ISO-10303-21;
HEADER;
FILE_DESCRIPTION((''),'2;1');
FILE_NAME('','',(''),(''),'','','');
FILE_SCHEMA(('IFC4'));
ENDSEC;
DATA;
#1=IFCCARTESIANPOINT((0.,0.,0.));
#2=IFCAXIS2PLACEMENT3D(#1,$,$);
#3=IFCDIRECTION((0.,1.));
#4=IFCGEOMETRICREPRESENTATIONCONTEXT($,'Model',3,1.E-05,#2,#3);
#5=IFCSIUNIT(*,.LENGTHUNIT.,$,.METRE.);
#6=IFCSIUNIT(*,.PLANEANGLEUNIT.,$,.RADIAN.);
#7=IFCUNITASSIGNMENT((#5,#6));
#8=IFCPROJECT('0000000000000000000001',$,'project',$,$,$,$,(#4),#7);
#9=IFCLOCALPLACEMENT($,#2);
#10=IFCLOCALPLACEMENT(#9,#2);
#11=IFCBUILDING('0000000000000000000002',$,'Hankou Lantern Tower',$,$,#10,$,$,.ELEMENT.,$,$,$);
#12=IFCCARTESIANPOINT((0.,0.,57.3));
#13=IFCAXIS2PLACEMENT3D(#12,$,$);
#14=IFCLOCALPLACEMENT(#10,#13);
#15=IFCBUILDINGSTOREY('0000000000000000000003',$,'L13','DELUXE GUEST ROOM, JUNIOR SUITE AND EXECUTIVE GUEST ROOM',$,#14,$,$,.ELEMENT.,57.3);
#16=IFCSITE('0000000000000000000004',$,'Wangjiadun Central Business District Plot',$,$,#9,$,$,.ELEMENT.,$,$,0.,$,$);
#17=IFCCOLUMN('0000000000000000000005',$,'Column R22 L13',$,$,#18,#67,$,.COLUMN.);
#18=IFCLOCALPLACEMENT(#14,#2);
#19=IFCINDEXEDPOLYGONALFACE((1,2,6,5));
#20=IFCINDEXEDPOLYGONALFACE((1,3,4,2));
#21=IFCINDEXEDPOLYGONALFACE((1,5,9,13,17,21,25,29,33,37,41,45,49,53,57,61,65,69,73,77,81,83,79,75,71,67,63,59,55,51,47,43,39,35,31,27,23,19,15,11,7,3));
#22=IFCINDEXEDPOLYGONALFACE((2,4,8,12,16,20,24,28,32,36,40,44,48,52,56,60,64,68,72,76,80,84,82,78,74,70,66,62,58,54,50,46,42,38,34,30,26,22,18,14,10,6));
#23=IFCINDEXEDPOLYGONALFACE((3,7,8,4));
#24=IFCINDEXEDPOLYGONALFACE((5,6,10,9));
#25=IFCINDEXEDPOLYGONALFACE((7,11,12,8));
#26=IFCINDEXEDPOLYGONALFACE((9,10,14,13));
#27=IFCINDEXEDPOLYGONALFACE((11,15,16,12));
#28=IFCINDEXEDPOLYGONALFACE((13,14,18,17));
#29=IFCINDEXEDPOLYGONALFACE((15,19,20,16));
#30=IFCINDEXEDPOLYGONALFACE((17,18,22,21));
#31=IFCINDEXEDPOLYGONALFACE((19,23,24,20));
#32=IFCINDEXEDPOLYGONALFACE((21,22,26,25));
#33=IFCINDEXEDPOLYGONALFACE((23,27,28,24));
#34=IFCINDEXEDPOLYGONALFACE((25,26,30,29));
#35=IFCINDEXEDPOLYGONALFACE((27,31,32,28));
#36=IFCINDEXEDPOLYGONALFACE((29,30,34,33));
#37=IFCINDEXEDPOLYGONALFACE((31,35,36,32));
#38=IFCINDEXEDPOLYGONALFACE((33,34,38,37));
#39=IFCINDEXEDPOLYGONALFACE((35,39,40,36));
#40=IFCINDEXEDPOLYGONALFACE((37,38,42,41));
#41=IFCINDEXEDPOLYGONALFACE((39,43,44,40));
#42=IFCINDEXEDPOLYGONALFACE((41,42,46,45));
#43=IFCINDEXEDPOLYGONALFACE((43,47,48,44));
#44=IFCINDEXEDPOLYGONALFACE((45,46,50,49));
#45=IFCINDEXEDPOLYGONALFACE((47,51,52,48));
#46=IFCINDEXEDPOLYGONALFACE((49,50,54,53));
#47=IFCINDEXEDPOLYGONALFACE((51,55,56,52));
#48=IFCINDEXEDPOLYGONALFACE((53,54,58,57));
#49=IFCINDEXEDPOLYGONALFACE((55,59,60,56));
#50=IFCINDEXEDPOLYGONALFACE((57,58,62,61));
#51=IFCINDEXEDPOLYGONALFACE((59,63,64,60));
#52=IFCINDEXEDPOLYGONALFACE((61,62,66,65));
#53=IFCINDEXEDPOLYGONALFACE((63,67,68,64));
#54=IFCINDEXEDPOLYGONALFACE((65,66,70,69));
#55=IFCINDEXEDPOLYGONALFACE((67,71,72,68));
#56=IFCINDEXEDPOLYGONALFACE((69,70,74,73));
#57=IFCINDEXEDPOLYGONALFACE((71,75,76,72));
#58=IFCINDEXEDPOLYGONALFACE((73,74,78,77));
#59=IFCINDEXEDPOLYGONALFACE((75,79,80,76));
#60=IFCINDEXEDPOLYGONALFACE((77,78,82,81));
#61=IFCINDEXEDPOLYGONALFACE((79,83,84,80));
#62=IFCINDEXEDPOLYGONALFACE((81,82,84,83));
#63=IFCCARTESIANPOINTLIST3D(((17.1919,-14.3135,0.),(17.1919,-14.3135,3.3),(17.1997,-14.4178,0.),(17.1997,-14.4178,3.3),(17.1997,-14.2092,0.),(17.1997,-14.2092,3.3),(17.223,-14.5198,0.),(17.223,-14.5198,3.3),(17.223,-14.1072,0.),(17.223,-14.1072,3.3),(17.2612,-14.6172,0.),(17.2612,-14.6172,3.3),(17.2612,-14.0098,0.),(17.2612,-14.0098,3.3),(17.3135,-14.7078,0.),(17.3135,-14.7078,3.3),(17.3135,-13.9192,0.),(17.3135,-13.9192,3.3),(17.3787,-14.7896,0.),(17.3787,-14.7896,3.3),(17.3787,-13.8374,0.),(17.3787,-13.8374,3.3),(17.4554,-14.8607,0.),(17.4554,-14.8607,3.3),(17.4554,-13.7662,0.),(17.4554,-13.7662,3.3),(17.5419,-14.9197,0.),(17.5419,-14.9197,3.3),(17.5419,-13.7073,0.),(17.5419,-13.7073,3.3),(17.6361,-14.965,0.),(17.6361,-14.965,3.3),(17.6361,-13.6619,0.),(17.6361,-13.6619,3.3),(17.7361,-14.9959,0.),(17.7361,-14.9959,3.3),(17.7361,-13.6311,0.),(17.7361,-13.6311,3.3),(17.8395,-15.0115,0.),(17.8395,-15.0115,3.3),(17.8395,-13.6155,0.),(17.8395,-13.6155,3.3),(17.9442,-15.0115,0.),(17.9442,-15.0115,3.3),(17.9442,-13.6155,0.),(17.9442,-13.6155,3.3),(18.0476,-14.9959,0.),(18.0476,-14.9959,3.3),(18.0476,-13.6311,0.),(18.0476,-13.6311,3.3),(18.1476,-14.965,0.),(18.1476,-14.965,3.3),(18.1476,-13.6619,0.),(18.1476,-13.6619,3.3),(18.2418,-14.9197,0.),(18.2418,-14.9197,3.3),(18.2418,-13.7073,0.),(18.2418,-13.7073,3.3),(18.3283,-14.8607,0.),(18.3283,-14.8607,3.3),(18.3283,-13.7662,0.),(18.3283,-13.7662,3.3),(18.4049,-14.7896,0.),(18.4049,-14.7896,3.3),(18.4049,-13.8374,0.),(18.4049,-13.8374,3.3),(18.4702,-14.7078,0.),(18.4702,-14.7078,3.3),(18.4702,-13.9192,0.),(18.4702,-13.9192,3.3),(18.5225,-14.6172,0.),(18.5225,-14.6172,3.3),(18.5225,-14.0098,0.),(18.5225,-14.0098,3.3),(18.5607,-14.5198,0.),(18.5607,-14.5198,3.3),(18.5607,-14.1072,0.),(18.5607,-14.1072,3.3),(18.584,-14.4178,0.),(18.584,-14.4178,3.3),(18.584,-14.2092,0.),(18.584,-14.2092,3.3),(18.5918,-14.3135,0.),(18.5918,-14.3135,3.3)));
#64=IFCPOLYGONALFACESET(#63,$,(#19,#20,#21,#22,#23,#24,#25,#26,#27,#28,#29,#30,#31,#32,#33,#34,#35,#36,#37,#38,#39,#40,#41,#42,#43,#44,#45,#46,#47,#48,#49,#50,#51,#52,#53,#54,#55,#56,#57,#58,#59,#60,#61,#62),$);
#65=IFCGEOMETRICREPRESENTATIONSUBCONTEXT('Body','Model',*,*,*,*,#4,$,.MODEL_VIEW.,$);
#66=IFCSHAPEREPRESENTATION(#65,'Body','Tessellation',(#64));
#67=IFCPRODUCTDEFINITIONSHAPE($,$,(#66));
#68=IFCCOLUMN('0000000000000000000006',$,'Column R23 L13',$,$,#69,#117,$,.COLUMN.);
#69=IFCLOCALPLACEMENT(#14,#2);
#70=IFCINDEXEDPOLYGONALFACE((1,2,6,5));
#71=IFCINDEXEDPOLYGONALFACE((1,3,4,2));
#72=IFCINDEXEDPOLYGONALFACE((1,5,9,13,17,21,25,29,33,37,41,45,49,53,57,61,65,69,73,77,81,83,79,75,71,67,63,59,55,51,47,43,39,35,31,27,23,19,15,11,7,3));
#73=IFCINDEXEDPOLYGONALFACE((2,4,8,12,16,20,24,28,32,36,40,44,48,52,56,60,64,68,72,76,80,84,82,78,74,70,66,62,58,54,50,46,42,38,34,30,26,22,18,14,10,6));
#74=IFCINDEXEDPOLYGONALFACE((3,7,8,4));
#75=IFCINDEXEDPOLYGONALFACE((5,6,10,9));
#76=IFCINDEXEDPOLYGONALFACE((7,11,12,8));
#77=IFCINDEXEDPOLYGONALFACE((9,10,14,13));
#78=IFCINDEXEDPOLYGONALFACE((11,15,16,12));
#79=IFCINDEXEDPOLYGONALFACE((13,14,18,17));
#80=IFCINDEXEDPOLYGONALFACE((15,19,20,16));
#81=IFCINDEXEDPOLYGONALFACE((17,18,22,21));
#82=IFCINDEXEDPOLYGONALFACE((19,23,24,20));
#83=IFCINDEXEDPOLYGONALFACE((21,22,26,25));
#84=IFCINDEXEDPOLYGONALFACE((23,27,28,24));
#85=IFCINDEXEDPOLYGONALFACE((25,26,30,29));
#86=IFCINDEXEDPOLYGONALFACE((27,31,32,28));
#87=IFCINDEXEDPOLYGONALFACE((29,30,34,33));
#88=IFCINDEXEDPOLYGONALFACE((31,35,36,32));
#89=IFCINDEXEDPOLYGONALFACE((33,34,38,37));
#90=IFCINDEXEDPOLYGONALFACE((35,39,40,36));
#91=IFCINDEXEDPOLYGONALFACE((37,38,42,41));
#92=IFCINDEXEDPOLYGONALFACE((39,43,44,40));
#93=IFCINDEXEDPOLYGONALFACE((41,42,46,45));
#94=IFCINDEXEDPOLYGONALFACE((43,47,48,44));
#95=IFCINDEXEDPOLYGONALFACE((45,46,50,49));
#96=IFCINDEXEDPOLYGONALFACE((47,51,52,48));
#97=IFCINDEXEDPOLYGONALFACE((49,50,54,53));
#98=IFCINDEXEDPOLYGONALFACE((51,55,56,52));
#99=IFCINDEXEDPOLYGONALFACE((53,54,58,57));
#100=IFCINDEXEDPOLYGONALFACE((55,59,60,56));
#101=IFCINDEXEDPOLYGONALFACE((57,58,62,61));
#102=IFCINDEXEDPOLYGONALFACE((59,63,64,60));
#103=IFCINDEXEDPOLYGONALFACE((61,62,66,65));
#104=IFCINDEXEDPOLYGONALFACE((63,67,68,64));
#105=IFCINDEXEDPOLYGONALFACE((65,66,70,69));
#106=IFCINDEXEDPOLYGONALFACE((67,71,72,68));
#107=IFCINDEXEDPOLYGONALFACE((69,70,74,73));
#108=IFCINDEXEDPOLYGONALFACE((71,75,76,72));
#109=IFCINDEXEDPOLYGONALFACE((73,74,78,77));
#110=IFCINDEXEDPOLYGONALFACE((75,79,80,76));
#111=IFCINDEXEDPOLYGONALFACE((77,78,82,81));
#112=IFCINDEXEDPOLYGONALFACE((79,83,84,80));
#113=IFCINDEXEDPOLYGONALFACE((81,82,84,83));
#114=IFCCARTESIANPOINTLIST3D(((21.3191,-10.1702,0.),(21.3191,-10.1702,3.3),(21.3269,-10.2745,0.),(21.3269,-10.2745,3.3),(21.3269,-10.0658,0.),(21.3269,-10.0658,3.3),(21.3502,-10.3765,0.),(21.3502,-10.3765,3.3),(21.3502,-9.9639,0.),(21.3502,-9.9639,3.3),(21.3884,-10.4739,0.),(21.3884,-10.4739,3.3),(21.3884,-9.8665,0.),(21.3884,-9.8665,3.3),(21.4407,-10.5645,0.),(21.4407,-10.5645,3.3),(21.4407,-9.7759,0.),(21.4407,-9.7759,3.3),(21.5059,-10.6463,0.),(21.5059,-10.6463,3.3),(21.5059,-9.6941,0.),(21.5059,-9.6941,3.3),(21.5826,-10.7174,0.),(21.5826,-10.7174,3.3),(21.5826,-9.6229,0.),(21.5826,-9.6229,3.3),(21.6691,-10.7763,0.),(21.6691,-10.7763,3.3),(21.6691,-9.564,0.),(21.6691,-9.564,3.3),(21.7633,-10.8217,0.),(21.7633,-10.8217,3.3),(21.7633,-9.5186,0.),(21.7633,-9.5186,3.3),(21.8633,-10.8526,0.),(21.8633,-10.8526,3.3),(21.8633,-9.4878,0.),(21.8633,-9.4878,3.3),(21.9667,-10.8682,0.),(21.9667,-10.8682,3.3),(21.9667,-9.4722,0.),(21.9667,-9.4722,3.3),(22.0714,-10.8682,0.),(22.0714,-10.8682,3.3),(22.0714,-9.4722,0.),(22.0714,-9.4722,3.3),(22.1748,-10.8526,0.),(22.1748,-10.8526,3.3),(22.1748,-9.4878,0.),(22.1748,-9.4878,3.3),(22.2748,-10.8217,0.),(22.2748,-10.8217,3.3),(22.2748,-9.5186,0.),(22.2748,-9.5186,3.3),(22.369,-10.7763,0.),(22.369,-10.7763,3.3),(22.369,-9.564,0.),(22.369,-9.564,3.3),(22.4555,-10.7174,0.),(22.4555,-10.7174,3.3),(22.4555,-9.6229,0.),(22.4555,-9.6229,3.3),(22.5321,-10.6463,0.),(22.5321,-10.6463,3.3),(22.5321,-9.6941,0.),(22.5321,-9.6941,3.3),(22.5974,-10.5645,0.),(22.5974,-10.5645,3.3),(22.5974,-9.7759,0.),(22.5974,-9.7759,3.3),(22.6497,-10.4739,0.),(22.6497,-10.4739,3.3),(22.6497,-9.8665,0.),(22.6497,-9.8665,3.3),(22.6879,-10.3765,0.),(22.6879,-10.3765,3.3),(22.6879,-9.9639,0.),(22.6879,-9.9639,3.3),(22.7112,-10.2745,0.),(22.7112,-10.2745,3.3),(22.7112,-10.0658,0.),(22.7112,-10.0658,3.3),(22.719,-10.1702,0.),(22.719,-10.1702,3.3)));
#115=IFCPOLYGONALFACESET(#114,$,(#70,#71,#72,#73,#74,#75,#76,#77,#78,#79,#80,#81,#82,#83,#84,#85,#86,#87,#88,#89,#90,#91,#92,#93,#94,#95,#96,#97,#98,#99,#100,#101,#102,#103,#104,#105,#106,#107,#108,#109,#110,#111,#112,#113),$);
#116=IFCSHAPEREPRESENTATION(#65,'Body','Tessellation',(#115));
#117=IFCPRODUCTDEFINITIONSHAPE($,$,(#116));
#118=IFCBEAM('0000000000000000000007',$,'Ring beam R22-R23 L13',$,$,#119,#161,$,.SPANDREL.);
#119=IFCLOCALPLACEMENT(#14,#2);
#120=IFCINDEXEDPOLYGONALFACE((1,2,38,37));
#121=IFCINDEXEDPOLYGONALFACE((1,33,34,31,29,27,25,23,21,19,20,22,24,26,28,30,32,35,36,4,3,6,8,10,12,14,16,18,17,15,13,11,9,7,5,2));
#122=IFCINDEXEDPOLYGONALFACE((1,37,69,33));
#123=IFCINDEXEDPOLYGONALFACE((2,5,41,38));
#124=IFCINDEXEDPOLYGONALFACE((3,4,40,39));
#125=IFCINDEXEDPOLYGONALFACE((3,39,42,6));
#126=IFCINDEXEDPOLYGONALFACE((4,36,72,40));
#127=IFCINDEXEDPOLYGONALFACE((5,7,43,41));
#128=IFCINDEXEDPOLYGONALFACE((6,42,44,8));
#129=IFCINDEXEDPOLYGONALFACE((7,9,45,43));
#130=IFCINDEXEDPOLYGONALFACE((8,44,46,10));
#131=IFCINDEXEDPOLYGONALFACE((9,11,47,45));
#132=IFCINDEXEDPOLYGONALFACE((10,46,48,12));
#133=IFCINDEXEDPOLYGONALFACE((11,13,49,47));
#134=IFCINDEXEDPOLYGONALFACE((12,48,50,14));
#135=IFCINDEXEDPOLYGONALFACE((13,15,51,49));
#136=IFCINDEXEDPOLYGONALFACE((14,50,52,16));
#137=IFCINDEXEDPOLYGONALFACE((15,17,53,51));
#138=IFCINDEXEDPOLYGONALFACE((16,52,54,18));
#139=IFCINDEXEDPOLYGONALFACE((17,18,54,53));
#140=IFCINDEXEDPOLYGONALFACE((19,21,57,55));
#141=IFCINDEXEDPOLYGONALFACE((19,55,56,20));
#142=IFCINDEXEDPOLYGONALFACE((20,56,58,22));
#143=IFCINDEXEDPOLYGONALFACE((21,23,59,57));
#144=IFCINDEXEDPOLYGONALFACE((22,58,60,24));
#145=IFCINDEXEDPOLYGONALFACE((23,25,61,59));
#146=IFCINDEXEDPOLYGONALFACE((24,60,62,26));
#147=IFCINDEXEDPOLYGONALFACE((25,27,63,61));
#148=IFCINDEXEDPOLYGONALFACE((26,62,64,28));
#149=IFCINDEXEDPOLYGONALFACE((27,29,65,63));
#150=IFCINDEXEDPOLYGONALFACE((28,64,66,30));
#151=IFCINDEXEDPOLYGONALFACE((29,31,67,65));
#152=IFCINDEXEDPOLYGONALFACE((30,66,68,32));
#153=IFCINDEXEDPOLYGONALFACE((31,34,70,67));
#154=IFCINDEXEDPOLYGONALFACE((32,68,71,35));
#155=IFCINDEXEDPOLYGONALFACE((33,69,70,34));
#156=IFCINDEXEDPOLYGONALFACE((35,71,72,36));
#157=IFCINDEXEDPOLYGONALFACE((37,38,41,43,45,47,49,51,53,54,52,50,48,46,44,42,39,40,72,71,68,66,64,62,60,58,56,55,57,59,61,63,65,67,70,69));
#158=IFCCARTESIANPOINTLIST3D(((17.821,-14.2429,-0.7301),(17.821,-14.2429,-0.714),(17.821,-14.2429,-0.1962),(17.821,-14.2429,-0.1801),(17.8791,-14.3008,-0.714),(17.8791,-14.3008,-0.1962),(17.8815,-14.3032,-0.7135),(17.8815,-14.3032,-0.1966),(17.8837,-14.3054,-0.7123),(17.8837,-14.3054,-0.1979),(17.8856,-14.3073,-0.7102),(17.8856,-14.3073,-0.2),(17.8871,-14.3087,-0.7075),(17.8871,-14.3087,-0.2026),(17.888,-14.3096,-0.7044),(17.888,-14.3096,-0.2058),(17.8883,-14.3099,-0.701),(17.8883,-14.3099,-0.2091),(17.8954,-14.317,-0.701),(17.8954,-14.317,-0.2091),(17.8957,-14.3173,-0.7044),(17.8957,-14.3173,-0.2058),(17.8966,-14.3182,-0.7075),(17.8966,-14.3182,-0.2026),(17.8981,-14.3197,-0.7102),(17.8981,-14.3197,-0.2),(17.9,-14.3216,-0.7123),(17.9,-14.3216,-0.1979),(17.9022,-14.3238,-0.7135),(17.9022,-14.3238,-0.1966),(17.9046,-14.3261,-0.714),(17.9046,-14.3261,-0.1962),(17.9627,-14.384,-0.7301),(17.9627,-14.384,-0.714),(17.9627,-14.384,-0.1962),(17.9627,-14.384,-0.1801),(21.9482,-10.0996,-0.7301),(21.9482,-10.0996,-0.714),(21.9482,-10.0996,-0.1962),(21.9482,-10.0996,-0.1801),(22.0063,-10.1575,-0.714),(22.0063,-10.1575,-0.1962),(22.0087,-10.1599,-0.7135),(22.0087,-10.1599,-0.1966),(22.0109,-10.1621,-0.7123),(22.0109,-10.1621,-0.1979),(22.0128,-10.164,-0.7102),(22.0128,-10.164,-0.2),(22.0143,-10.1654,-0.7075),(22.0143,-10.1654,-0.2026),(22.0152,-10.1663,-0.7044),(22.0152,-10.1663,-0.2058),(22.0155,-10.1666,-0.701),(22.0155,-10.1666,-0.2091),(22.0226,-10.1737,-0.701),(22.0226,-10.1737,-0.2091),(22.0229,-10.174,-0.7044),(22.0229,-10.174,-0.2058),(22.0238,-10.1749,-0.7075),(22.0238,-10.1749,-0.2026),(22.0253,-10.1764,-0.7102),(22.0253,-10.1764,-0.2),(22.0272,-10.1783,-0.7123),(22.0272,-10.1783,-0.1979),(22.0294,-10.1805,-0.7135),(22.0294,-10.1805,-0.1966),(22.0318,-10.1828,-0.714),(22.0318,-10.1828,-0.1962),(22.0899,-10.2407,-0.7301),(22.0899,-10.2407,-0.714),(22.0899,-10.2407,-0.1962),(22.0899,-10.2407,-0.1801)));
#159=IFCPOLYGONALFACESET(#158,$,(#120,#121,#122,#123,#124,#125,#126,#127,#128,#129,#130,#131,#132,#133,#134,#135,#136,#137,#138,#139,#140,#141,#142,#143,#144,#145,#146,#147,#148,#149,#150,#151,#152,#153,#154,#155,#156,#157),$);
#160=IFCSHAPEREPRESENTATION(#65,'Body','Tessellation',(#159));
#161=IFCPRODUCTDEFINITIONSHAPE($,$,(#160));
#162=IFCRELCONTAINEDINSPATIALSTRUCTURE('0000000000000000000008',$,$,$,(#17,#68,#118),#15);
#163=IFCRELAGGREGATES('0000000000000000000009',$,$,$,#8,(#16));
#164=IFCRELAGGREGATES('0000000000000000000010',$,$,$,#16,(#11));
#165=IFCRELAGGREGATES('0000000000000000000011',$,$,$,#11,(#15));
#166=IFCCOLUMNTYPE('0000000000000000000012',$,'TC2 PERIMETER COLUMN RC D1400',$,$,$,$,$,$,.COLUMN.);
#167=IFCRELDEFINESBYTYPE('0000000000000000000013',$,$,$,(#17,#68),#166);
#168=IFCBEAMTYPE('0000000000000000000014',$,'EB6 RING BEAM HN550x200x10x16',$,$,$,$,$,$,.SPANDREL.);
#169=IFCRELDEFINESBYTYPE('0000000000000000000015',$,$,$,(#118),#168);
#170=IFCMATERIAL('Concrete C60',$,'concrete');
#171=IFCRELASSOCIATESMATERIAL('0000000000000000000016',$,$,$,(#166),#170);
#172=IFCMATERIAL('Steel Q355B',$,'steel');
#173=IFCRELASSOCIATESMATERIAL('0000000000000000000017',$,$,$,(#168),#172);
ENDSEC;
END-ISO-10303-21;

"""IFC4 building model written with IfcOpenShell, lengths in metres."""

from ifc_helpers import new_model, si_unit, direction, frame, origin, origin_2d, place, context, subcontext, project, spatial, circle, i_section, extrude, material, material_profile, profile_set, type_object, element, save


model = new_model("IFC4")

# Units and contexts
model_context = context("Model", 3, precision=1e-05, world=origin(), true_north=direction((0.0, 1.0)))
body_context = subcontext(model_context, "Body", "Model", "MODEL_VIEW")
ifc_project = project(units=[si_unit("LENGTHUNIT", "METRE"), si_unit("PLANEANGLEUNIT", "RADIAN")], contexts=[model_context])

# Site, building, storey
site_placement = place(None, origin())
site = spatial("IfcSite", under=ifc_project, at=site_placement, Name="Wangjiadun Central Business District Plot", CompositionType="ELEMENT", RefElevation=0.0)
building_placement = place(site_placement, origin())
building = spatial("IfcBuilding", under=site, at=building_placement, Name="Hankou Lantern Tower", CompositionType="ELEMENT")
storey_placement = place(building_placement, frame((0.0, 0.0, 57.3)))
storey = spatial("IfcBuildingStorey", under=building, at=storey_placement, Name="L13", Description="DELUXE GUEST ROOM, JUNIOR SUITE AND EXECUTIVE GUEST ROOM", CompositionType="ELEMENT", Elevation=57.3)

# Columns
ifc_material_1 = material(Name="Concrete C60", Category="concrete")
ifc_material_profile_1 = material_profile(ifc_material_1, circle(Radius=0.7, at=origin_2d()), Name="RC D1400")
ifc_profile_set_1 = profile_set([ifc_material_profile_1], Name="Concrete C60")
column_type = type_object("IfcColumnType", Name="TC2 PERIMETER COLUMN RC D1400", PredefinedType="COLUMN", material=ifc_profile_set_1)
for number, where, z_axis, x_axis, name in (
    (1, (17.8918, -14.3135, 0.0), (0.0, 0.0, 1.0), (1.0, 0.0, 0.0), "Column R22 L13"),
    (2, (22.019, -10.1702, 0.0), (0.0, 0.0, 1.0), (1.0, 0.0, 0.0), "Column R23 L13"),
):
    element("IfcColumn", number, at=place(storey_placement, frame(where, z_axis=z_axis, x_axis=x_axis)), inside=storey, type_object=column_type, Name=name, PredefinedType="COLUMN", context=body_context, shape_type="SweptSolid", body=[
        extrude(circle(Radius=0.7, at=origin_2d()), origin(), (0.0, 0.0, 1.0), 3.3),
    ])

# Beam
ifc_material_2 = material(Name="Steel Q355B", Category="steel")
ifc_material_profile_2 = material_profile(ifc_material_2, i_section(OverallWidth=0.2, OverallDepth=0.55, WebThickness=0.01, FlangeThickness=0.0161, FilletRadius=0.0129, at=origin_2d()), Name="HN550x200x10x16")
ifc_profile_set_2 = profile_set([ifc_material_profile_2], Name="Steel Q355B")
beam_type_1 = type_object("IfcBeamType", Name="EB6 RING BEAM HN550x200x10x16", PredefinedType="SPANDREL", material=ifc_profile_set_2)
beam_1_placement = place(storey_placement, frame((17.8918, -14.3135, -0.4551), z_axis=(0.705728, 0.708483, 0.0), x_axis=(-0.708483, 0.705728, 0.0)))
element("IfcBeam", 3, at=beam_1_placement, inside=storey, type_object=beam_type_1, Name="Ring beam R22-R23 L13", PredefinedType="SPANDREL", context=body_context, shape_type="SweptSolid", body=[
    extrude(i_section(OverallWidth=0.2, OverallDepth=0.55, WebThickness=0.01, FlangeThickness=0.0161, FilletRadius=0.0129, at=origin_2d()), origin(), (0.0, 0.0, 1.0), 5.8481),
])

save(model, "model.ifc")
